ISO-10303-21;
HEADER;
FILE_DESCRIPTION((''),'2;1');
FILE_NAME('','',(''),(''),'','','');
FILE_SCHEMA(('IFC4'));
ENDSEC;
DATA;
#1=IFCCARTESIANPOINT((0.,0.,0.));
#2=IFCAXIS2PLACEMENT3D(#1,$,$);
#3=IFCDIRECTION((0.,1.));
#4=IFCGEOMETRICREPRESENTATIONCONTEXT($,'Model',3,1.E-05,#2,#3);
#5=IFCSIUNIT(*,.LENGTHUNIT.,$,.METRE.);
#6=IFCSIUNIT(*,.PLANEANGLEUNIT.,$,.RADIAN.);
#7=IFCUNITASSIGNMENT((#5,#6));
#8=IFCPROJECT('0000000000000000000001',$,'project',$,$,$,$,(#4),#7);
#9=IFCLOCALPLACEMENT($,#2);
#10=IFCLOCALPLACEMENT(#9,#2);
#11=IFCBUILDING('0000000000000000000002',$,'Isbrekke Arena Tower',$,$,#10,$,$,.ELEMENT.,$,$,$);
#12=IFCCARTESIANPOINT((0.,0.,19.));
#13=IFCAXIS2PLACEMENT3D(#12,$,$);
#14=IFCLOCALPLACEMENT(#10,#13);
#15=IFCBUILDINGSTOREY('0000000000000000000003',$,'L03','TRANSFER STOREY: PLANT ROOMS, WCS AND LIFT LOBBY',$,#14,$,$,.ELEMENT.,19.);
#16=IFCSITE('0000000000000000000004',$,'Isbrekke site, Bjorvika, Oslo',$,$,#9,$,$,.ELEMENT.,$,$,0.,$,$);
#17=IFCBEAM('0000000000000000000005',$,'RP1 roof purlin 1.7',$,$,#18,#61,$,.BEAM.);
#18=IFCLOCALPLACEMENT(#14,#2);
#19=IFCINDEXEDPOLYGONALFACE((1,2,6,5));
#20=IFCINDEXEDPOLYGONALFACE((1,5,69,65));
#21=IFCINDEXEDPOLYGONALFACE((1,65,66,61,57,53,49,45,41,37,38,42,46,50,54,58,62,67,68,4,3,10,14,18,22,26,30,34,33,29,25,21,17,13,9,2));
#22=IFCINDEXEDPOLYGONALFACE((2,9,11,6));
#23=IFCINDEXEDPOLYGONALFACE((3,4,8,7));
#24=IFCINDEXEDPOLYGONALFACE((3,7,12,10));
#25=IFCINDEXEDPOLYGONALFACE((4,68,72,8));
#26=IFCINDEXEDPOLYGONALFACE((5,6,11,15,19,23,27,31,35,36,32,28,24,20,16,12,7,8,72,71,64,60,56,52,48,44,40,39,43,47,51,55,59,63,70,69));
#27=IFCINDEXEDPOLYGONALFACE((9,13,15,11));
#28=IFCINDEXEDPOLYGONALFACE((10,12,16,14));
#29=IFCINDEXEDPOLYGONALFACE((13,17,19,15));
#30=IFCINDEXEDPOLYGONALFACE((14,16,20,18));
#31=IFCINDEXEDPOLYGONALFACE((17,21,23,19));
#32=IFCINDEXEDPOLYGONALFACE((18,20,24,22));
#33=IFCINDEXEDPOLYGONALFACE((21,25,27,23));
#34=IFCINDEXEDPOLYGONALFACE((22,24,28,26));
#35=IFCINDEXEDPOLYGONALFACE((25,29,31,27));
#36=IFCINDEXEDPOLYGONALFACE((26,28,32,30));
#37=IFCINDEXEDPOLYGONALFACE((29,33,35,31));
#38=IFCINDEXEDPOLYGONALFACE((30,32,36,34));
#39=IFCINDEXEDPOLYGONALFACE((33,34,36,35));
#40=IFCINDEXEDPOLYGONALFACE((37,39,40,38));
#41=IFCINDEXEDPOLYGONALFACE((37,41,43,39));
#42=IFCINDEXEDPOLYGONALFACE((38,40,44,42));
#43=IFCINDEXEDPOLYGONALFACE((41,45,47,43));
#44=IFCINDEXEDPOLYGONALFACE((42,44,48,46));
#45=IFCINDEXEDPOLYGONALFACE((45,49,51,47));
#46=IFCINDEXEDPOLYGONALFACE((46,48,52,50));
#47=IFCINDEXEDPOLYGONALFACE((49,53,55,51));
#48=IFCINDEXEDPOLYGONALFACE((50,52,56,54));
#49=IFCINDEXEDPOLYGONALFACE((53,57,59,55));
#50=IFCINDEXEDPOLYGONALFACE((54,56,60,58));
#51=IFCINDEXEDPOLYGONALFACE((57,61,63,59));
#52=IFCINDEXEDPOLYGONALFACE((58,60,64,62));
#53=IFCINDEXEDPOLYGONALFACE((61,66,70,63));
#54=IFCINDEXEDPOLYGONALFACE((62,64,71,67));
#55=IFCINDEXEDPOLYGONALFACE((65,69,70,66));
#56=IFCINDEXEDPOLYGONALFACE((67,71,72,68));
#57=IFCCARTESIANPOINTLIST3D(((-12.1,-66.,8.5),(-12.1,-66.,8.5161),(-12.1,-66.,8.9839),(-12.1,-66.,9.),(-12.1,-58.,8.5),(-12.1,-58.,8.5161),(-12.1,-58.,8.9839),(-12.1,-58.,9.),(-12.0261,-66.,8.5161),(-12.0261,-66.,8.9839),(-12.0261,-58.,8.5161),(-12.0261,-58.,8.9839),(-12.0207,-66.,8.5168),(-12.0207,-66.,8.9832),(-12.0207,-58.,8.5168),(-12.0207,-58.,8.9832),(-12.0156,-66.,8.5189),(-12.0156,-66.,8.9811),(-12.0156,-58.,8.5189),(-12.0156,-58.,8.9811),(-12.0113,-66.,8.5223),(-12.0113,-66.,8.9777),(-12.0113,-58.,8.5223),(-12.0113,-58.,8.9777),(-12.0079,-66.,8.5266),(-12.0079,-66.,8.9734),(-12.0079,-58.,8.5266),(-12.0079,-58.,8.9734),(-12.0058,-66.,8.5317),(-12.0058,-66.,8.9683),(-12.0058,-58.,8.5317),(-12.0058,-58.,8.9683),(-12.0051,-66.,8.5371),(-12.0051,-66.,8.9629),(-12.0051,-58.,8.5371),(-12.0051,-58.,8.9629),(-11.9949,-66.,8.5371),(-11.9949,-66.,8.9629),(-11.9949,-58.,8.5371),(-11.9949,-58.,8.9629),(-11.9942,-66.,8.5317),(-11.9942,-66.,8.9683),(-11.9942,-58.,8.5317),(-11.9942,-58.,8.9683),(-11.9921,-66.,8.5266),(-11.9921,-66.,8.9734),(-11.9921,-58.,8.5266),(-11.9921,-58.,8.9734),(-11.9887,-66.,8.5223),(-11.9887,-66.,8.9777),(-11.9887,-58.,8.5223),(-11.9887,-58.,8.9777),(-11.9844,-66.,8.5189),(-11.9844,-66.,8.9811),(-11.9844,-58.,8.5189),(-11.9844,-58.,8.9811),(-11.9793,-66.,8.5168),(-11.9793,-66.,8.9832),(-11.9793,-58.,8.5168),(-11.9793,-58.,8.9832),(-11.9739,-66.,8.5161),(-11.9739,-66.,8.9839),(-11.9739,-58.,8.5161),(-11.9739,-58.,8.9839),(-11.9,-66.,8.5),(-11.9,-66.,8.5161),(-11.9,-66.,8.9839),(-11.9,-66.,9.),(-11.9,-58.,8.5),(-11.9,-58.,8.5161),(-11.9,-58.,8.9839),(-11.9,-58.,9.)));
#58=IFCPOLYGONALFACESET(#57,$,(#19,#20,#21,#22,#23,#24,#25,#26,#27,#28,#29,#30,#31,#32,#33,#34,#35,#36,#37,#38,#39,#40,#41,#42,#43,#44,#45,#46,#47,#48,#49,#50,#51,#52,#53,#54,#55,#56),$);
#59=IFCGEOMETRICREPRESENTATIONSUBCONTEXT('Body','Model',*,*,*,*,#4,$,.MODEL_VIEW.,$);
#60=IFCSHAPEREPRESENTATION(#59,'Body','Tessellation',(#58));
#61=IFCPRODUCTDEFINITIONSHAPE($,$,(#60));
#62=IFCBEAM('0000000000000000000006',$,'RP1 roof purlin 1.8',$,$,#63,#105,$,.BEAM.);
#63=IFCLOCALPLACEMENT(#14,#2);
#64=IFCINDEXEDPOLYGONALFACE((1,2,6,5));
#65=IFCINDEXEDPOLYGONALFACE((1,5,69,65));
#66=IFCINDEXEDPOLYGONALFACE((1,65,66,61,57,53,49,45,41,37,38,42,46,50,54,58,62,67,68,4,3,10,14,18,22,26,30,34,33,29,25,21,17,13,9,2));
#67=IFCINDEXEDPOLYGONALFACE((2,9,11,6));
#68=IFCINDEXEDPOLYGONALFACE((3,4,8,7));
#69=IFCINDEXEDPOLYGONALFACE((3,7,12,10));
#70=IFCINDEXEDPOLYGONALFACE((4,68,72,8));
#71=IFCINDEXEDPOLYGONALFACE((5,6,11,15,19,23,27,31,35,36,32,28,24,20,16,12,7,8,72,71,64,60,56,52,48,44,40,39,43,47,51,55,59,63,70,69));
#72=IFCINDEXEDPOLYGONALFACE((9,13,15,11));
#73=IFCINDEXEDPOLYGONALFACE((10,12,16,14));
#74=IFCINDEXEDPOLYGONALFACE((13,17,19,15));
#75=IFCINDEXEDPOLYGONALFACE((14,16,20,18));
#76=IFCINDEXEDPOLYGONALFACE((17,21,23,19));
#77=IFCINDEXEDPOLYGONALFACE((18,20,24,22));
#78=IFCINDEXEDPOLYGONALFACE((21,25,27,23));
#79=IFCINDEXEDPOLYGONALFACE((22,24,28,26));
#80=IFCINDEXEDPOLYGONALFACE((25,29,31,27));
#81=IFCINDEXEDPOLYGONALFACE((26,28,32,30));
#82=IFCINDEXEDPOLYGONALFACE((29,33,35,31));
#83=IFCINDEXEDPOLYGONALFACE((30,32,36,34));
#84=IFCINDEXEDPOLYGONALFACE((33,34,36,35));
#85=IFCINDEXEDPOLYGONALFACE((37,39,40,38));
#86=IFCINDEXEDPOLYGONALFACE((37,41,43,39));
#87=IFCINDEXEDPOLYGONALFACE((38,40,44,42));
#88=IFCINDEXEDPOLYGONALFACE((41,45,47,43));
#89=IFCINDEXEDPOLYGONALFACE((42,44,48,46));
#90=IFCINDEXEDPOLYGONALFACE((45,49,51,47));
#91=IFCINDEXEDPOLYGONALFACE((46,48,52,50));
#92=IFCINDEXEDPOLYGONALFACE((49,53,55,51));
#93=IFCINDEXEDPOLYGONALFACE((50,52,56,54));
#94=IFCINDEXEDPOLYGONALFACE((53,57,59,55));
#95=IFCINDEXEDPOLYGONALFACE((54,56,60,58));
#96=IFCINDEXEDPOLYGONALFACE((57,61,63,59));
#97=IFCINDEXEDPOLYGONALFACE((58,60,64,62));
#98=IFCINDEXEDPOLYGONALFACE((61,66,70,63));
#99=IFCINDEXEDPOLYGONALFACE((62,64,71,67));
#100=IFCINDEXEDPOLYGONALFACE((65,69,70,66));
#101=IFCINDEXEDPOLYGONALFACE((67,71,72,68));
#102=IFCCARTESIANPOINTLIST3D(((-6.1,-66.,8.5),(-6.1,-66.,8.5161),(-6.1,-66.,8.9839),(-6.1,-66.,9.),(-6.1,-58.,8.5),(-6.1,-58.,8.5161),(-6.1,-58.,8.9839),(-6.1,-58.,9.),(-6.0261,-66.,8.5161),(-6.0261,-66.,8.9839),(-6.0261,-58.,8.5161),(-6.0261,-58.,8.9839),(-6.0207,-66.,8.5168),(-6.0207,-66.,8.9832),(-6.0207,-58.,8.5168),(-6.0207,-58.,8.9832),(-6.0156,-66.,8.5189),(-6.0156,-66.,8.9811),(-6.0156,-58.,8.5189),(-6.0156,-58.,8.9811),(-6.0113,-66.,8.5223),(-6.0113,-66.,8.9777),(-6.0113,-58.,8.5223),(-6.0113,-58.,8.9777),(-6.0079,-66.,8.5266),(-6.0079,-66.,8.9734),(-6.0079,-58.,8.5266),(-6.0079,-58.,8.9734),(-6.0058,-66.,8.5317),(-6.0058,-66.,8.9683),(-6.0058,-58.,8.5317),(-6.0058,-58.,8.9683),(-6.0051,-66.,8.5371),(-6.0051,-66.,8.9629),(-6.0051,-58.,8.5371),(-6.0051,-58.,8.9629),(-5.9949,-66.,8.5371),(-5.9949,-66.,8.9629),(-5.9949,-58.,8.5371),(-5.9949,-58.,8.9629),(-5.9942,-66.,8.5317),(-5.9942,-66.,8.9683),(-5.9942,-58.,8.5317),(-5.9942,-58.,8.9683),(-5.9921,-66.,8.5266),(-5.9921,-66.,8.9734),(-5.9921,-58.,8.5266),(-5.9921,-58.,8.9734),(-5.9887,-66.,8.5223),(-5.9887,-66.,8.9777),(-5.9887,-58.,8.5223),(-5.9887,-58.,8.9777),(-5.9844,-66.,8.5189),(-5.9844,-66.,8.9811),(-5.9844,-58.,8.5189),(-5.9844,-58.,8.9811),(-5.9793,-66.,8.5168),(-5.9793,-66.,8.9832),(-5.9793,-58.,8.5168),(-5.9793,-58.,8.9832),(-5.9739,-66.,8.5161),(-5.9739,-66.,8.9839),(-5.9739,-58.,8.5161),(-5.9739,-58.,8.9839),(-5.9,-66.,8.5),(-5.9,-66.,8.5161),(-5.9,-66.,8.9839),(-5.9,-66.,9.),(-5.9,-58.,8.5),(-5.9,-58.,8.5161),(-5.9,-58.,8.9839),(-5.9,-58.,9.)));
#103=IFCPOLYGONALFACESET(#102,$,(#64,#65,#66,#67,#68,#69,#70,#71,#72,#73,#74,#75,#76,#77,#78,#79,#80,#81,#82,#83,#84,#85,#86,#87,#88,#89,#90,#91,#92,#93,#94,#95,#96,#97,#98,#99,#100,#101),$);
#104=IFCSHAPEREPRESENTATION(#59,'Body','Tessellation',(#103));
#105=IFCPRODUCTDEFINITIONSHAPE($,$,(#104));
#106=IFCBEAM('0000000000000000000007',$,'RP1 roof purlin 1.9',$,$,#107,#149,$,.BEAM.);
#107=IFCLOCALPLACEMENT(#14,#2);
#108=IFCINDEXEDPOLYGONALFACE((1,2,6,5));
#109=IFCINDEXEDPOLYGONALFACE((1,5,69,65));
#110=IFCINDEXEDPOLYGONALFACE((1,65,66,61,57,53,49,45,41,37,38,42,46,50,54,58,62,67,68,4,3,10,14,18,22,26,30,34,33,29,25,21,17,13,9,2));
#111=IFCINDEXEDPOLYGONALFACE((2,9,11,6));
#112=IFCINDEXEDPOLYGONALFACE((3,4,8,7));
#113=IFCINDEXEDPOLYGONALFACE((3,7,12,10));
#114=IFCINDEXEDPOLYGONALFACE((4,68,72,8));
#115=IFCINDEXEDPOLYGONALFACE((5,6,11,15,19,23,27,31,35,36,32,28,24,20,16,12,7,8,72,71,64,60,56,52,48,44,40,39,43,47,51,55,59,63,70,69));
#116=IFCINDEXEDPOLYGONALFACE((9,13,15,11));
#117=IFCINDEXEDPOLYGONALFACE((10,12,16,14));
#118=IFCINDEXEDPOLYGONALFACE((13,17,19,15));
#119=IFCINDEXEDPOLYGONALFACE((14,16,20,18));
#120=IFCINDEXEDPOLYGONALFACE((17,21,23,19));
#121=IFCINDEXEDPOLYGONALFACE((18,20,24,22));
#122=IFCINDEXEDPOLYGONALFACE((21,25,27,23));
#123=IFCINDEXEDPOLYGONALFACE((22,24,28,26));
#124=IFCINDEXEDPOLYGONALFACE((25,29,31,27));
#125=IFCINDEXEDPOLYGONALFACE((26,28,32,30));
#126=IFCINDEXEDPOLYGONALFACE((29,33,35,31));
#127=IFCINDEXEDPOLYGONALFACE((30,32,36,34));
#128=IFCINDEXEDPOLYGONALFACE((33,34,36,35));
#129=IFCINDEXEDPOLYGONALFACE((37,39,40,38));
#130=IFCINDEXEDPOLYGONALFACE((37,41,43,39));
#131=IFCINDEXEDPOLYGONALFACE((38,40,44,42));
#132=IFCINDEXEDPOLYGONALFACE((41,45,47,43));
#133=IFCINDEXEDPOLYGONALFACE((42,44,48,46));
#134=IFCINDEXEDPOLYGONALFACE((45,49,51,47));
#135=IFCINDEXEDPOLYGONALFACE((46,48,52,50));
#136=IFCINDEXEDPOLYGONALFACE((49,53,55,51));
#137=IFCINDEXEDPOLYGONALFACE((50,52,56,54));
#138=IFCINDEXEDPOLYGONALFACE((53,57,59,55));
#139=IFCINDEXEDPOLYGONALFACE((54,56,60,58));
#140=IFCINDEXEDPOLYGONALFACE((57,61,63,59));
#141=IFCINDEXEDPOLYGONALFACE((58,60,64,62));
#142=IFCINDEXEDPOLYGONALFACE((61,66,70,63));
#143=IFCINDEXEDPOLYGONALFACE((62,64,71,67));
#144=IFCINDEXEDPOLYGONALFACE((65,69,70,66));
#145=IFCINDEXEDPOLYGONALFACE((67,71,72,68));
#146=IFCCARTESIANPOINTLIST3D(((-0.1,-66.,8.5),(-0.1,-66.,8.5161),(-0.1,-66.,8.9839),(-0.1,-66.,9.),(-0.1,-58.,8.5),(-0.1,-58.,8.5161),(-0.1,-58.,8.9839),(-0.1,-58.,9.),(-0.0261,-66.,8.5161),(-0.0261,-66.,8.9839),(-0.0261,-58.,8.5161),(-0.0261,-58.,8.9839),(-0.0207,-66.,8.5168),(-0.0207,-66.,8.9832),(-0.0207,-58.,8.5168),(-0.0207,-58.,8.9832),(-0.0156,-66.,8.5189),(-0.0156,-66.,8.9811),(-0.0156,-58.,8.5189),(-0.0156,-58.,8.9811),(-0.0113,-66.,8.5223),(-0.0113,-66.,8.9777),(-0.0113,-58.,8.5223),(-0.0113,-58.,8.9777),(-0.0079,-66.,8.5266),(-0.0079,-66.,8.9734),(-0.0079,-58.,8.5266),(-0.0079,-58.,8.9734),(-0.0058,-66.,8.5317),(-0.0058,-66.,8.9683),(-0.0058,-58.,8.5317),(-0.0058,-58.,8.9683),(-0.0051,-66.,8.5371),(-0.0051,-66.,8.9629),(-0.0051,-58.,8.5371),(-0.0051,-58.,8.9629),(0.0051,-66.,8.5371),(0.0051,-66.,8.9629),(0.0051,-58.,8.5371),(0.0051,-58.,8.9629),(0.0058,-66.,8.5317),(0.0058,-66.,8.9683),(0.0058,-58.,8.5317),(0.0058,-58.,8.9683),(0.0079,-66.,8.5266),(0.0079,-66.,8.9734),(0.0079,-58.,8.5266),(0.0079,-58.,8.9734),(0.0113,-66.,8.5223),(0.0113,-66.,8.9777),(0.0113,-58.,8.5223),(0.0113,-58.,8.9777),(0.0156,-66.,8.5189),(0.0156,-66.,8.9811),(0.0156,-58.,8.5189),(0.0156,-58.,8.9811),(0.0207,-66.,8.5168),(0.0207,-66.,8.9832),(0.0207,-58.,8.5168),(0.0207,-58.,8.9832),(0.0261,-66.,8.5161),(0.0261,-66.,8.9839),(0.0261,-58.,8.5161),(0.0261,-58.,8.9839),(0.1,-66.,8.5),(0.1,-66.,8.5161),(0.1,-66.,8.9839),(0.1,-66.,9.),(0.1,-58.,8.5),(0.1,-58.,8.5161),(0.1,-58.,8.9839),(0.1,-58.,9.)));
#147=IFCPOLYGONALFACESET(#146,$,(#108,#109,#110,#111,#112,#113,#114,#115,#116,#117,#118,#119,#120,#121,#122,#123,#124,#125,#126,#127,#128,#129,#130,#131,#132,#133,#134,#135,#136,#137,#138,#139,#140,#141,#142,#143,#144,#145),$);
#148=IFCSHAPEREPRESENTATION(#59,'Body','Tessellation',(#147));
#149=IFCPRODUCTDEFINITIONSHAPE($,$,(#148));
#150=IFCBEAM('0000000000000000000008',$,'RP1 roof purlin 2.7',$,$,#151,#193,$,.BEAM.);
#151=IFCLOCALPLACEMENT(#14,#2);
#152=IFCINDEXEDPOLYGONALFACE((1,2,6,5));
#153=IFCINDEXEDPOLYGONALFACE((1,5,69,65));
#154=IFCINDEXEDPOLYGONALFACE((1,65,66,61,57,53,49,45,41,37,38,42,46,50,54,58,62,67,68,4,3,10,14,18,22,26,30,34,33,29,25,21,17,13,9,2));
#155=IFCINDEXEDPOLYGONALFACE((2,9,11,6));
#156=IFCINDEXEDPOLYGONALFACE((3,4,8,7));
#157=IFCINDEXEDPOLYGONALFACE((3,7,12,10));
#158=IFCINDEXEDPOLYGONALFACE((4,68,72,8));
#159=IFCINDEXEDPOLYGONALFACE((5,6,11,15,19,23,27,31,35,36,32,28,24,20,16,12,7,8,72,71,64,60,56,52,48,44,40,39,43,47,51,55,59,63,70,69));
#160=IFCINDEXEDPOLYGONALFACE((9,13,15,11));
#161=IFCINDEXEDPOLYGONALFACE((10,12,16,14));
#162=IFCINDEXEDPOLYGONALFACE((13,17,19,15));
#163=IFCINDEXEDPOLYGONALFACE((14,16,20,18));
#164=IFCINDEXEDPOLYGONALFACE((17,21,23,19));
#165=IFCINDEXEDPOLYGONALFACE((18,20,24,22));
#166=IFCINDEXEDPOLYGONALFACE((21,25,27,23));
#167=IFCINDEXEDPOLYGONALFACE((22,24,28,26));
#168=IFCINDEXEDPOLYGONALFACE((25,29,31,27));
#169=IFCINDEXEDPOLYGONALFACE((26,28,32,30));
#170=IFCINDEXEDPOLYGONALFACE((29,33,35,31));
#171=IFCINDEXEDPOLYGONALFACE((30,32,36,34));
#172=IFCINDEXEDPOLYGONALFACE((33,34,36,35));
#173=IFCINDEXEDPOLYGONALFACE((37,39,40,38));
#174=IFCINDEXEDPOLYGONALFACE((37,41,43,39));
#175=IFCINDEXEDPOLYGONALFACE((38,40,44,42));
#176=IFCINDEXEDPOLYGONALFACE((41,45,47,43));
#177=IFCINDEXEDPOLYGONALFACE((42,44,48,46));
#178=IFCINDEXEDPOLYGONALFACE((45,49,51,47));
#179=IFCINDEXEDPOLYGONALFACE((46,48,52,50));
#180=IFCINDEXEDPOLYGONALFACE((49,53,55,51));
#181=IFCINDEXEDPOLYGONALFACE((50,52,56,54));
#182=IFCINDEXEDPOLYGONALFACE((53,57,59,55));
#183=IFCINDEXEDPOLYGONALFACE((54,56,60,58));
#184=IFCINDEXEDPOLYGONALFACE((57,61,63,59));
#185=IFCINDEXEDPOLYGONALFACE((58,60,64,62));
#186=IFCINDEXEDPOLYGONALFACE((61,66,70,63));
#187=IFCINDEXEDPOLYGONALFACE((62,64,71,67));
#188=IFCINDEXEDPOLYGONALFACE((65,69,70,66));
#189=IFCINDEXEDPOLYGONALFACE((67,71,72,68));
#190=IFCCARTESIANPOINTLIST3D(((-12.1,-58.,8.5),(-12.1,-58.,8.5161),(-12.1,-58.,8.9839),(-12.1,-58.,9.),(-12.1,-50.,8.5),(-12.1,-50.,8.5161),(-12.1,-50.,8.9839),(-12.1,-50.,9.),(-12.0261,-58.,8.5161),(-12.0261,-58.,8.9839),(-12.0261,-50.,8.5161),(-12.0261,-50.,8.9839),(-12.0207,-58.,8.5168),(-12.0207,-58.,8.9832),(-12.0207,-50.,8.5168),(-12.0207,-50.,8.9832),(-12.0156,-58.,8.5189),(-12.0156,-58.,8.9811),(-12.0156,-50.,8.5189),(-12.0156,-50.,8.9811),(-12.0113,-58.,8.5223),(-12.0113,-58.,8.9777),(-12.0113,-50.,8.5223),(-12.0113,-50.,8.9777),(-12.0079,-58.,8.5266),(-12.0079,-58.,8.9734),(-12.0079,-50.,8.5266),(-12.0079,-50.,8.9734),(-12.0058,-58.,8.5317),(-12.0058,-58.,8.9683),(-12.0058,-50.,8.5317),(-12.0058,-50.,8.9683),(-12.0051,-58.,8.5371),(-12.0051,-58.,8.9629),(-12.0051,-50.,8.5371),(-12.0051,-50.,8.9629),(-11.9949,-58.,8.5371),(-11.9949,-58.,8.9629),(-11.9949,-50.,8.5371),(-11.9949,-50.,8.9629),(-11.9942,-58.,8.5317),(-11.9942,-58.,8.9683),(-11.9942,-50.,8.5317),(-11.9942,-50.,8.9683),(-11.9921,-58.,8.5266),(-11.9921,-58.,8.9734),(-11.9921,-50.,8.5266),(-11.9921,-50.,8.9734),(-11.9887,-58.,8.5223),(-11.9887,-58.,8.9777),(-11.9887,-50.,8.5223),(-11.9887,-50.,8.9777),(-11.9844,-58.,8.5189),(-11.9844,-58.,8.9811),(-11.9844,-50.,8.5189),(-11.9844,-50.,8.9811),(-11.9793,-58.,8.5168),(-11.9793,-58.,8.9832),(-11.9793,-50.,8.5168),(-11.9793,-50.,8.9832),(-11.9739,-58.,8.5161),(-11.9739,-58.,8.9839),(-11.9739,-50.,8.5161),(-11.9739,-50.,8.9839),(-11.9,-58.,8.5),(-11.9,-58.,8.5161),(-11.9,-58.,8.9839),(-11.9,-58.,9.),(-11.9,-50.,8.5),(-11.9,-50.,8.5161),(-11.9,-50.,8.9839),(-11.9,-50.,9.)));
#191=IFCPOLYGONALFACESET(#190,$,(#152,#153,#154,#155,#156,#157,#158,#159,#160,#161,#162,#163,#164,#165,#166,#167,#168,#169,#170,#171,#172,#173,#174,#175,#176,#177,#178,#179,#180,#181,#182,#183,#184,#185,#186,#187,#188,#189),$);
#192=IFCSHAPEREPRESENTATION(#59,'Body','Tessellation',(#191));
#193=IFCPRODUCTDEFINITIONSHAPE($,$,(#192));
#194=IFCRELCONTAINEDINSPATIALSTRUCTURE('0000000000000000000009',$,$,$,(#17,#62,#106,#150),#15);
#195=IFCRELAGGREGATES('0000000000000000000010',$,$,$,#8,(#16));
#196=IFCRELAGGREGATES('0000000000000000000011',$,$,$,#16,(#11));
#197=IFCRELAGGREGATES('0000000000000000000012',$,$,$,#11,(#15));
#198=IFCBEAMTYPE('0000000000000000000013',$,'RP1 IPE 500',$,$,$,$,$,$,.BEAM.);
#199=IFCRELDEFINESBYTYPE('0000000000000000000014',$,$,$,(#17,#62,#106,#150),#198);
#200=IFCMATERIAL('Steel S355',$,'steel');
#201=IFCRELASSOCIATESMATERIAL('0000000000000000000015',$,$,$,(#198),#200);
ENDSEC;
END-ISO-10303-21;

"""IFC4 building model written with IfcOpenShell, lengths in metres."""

from ifc_helpers import new_model, si_unit, direction, frame, origin, origin_2d, place, context, subcontext, project, spatial, i_section, extrude, material, material_profile, profile_set, type_object, element, save


model = new_model("IFC4")

# Units and contexts
model_context = context("Model", 3, precision=1e-05, world=origin(), true_north=direction((0.0, 1.0)))
body_context = subcontext(model_context, "Body", "Model", "MODEL_VIEW")
ifc_project = project(units=[si_unit("LENGTHUNIT", "METRE"), si_unit("PLANEANGLEUNIT", "RADIAN")], contexts=[model_context])

# Site, building, storey
site_placement = place(None, origin())
site = spatial("IfcSite", under=ifc_project, at=site_placement, Name="Isbrekke site, Bjorvika, Oslo", CompositionType="ELEMENT", RefElevation=0.0)
building_placement = place(site_placement, origin())
building = spatial("IfcBuilding", under=site, at=building_placement, Name="Isbrekke Arena Tower", CompositionType="ELEMENT")
storey_placement = place(building_placement, frame((0.0, 0.0, 19.0)))
storey = spatial("IfcBuildingStorey", under=building, at=storey_placement, Name="L03", Description="TRANSFER STOREY: PLANT ROOMS, WCS AND LIFT LOBBY", CompositionType="ELEMENT", Elevation=19.0)

# Beams
ifc_material_1 = material(Name="Steel S355", Category="steel")
ifc_material_profile_1 = material_profile(ifc_material_1, i_section(OverallWidth=0.2, OverallDepth=0.5, WebThickness=0.0103, FlangeThickness=0.0161, FilletRadius=0.021, at=origin_2d()), Name="IPE 500")
ifc_profile_set_1 = profile_set([ifc_material_profile_1], Name="Steel S355")
beam_type = type_object("IfcBeamType", Name="RP1 IPE 500", PredefinedType="BEAM", material=ifc_profile_set_1)
for number, where, z_axis, x_axis, name in (
    (1, (-12.0, -66.0, 8.75), (0.0, 1.0, 0.0), (-1.0, 0.0, 0.0), "RP1 roof purlin 1.7"),
    (2, (-6.0, -66.0, 8.75), (0.0, 1.0, 0.0), (-1.0, 0.0, 0.0), "RP1 roof purlin 1.8"),
    (3, (0.0, -66.0, 8.75), (0.0, 1.0, 0.0), (-1.0, 0.0, 0.0), "RP1 roof purlin 1.9"),
    (4, (-12.0, -58.0, 8.75), (0.0, 1.0, 0.0), (-1.0, 0.0, 0.0), "RP1 roof purlin 2.7"),
):
    element("IfcBeam", number, at=place(storey_placement, frame(where, z_axis=z_axis, x_axis=x_axis)), inside=storey, type_object=beam_type, Name=name, PredefinedType="BEAM", context=body_context, shape_type="SweptSolid", body=[
        extrude(i_section(OverallWidth=0.2, OverallDepth=0.5, WebThickness=0.0103, FlangeThickness=0.0161, FilletRadius=0.021, at=origin_2d()), origin(), (0.0, 0.0, 1.0), 8.0),
    ])

save(model, "model.ifc")
